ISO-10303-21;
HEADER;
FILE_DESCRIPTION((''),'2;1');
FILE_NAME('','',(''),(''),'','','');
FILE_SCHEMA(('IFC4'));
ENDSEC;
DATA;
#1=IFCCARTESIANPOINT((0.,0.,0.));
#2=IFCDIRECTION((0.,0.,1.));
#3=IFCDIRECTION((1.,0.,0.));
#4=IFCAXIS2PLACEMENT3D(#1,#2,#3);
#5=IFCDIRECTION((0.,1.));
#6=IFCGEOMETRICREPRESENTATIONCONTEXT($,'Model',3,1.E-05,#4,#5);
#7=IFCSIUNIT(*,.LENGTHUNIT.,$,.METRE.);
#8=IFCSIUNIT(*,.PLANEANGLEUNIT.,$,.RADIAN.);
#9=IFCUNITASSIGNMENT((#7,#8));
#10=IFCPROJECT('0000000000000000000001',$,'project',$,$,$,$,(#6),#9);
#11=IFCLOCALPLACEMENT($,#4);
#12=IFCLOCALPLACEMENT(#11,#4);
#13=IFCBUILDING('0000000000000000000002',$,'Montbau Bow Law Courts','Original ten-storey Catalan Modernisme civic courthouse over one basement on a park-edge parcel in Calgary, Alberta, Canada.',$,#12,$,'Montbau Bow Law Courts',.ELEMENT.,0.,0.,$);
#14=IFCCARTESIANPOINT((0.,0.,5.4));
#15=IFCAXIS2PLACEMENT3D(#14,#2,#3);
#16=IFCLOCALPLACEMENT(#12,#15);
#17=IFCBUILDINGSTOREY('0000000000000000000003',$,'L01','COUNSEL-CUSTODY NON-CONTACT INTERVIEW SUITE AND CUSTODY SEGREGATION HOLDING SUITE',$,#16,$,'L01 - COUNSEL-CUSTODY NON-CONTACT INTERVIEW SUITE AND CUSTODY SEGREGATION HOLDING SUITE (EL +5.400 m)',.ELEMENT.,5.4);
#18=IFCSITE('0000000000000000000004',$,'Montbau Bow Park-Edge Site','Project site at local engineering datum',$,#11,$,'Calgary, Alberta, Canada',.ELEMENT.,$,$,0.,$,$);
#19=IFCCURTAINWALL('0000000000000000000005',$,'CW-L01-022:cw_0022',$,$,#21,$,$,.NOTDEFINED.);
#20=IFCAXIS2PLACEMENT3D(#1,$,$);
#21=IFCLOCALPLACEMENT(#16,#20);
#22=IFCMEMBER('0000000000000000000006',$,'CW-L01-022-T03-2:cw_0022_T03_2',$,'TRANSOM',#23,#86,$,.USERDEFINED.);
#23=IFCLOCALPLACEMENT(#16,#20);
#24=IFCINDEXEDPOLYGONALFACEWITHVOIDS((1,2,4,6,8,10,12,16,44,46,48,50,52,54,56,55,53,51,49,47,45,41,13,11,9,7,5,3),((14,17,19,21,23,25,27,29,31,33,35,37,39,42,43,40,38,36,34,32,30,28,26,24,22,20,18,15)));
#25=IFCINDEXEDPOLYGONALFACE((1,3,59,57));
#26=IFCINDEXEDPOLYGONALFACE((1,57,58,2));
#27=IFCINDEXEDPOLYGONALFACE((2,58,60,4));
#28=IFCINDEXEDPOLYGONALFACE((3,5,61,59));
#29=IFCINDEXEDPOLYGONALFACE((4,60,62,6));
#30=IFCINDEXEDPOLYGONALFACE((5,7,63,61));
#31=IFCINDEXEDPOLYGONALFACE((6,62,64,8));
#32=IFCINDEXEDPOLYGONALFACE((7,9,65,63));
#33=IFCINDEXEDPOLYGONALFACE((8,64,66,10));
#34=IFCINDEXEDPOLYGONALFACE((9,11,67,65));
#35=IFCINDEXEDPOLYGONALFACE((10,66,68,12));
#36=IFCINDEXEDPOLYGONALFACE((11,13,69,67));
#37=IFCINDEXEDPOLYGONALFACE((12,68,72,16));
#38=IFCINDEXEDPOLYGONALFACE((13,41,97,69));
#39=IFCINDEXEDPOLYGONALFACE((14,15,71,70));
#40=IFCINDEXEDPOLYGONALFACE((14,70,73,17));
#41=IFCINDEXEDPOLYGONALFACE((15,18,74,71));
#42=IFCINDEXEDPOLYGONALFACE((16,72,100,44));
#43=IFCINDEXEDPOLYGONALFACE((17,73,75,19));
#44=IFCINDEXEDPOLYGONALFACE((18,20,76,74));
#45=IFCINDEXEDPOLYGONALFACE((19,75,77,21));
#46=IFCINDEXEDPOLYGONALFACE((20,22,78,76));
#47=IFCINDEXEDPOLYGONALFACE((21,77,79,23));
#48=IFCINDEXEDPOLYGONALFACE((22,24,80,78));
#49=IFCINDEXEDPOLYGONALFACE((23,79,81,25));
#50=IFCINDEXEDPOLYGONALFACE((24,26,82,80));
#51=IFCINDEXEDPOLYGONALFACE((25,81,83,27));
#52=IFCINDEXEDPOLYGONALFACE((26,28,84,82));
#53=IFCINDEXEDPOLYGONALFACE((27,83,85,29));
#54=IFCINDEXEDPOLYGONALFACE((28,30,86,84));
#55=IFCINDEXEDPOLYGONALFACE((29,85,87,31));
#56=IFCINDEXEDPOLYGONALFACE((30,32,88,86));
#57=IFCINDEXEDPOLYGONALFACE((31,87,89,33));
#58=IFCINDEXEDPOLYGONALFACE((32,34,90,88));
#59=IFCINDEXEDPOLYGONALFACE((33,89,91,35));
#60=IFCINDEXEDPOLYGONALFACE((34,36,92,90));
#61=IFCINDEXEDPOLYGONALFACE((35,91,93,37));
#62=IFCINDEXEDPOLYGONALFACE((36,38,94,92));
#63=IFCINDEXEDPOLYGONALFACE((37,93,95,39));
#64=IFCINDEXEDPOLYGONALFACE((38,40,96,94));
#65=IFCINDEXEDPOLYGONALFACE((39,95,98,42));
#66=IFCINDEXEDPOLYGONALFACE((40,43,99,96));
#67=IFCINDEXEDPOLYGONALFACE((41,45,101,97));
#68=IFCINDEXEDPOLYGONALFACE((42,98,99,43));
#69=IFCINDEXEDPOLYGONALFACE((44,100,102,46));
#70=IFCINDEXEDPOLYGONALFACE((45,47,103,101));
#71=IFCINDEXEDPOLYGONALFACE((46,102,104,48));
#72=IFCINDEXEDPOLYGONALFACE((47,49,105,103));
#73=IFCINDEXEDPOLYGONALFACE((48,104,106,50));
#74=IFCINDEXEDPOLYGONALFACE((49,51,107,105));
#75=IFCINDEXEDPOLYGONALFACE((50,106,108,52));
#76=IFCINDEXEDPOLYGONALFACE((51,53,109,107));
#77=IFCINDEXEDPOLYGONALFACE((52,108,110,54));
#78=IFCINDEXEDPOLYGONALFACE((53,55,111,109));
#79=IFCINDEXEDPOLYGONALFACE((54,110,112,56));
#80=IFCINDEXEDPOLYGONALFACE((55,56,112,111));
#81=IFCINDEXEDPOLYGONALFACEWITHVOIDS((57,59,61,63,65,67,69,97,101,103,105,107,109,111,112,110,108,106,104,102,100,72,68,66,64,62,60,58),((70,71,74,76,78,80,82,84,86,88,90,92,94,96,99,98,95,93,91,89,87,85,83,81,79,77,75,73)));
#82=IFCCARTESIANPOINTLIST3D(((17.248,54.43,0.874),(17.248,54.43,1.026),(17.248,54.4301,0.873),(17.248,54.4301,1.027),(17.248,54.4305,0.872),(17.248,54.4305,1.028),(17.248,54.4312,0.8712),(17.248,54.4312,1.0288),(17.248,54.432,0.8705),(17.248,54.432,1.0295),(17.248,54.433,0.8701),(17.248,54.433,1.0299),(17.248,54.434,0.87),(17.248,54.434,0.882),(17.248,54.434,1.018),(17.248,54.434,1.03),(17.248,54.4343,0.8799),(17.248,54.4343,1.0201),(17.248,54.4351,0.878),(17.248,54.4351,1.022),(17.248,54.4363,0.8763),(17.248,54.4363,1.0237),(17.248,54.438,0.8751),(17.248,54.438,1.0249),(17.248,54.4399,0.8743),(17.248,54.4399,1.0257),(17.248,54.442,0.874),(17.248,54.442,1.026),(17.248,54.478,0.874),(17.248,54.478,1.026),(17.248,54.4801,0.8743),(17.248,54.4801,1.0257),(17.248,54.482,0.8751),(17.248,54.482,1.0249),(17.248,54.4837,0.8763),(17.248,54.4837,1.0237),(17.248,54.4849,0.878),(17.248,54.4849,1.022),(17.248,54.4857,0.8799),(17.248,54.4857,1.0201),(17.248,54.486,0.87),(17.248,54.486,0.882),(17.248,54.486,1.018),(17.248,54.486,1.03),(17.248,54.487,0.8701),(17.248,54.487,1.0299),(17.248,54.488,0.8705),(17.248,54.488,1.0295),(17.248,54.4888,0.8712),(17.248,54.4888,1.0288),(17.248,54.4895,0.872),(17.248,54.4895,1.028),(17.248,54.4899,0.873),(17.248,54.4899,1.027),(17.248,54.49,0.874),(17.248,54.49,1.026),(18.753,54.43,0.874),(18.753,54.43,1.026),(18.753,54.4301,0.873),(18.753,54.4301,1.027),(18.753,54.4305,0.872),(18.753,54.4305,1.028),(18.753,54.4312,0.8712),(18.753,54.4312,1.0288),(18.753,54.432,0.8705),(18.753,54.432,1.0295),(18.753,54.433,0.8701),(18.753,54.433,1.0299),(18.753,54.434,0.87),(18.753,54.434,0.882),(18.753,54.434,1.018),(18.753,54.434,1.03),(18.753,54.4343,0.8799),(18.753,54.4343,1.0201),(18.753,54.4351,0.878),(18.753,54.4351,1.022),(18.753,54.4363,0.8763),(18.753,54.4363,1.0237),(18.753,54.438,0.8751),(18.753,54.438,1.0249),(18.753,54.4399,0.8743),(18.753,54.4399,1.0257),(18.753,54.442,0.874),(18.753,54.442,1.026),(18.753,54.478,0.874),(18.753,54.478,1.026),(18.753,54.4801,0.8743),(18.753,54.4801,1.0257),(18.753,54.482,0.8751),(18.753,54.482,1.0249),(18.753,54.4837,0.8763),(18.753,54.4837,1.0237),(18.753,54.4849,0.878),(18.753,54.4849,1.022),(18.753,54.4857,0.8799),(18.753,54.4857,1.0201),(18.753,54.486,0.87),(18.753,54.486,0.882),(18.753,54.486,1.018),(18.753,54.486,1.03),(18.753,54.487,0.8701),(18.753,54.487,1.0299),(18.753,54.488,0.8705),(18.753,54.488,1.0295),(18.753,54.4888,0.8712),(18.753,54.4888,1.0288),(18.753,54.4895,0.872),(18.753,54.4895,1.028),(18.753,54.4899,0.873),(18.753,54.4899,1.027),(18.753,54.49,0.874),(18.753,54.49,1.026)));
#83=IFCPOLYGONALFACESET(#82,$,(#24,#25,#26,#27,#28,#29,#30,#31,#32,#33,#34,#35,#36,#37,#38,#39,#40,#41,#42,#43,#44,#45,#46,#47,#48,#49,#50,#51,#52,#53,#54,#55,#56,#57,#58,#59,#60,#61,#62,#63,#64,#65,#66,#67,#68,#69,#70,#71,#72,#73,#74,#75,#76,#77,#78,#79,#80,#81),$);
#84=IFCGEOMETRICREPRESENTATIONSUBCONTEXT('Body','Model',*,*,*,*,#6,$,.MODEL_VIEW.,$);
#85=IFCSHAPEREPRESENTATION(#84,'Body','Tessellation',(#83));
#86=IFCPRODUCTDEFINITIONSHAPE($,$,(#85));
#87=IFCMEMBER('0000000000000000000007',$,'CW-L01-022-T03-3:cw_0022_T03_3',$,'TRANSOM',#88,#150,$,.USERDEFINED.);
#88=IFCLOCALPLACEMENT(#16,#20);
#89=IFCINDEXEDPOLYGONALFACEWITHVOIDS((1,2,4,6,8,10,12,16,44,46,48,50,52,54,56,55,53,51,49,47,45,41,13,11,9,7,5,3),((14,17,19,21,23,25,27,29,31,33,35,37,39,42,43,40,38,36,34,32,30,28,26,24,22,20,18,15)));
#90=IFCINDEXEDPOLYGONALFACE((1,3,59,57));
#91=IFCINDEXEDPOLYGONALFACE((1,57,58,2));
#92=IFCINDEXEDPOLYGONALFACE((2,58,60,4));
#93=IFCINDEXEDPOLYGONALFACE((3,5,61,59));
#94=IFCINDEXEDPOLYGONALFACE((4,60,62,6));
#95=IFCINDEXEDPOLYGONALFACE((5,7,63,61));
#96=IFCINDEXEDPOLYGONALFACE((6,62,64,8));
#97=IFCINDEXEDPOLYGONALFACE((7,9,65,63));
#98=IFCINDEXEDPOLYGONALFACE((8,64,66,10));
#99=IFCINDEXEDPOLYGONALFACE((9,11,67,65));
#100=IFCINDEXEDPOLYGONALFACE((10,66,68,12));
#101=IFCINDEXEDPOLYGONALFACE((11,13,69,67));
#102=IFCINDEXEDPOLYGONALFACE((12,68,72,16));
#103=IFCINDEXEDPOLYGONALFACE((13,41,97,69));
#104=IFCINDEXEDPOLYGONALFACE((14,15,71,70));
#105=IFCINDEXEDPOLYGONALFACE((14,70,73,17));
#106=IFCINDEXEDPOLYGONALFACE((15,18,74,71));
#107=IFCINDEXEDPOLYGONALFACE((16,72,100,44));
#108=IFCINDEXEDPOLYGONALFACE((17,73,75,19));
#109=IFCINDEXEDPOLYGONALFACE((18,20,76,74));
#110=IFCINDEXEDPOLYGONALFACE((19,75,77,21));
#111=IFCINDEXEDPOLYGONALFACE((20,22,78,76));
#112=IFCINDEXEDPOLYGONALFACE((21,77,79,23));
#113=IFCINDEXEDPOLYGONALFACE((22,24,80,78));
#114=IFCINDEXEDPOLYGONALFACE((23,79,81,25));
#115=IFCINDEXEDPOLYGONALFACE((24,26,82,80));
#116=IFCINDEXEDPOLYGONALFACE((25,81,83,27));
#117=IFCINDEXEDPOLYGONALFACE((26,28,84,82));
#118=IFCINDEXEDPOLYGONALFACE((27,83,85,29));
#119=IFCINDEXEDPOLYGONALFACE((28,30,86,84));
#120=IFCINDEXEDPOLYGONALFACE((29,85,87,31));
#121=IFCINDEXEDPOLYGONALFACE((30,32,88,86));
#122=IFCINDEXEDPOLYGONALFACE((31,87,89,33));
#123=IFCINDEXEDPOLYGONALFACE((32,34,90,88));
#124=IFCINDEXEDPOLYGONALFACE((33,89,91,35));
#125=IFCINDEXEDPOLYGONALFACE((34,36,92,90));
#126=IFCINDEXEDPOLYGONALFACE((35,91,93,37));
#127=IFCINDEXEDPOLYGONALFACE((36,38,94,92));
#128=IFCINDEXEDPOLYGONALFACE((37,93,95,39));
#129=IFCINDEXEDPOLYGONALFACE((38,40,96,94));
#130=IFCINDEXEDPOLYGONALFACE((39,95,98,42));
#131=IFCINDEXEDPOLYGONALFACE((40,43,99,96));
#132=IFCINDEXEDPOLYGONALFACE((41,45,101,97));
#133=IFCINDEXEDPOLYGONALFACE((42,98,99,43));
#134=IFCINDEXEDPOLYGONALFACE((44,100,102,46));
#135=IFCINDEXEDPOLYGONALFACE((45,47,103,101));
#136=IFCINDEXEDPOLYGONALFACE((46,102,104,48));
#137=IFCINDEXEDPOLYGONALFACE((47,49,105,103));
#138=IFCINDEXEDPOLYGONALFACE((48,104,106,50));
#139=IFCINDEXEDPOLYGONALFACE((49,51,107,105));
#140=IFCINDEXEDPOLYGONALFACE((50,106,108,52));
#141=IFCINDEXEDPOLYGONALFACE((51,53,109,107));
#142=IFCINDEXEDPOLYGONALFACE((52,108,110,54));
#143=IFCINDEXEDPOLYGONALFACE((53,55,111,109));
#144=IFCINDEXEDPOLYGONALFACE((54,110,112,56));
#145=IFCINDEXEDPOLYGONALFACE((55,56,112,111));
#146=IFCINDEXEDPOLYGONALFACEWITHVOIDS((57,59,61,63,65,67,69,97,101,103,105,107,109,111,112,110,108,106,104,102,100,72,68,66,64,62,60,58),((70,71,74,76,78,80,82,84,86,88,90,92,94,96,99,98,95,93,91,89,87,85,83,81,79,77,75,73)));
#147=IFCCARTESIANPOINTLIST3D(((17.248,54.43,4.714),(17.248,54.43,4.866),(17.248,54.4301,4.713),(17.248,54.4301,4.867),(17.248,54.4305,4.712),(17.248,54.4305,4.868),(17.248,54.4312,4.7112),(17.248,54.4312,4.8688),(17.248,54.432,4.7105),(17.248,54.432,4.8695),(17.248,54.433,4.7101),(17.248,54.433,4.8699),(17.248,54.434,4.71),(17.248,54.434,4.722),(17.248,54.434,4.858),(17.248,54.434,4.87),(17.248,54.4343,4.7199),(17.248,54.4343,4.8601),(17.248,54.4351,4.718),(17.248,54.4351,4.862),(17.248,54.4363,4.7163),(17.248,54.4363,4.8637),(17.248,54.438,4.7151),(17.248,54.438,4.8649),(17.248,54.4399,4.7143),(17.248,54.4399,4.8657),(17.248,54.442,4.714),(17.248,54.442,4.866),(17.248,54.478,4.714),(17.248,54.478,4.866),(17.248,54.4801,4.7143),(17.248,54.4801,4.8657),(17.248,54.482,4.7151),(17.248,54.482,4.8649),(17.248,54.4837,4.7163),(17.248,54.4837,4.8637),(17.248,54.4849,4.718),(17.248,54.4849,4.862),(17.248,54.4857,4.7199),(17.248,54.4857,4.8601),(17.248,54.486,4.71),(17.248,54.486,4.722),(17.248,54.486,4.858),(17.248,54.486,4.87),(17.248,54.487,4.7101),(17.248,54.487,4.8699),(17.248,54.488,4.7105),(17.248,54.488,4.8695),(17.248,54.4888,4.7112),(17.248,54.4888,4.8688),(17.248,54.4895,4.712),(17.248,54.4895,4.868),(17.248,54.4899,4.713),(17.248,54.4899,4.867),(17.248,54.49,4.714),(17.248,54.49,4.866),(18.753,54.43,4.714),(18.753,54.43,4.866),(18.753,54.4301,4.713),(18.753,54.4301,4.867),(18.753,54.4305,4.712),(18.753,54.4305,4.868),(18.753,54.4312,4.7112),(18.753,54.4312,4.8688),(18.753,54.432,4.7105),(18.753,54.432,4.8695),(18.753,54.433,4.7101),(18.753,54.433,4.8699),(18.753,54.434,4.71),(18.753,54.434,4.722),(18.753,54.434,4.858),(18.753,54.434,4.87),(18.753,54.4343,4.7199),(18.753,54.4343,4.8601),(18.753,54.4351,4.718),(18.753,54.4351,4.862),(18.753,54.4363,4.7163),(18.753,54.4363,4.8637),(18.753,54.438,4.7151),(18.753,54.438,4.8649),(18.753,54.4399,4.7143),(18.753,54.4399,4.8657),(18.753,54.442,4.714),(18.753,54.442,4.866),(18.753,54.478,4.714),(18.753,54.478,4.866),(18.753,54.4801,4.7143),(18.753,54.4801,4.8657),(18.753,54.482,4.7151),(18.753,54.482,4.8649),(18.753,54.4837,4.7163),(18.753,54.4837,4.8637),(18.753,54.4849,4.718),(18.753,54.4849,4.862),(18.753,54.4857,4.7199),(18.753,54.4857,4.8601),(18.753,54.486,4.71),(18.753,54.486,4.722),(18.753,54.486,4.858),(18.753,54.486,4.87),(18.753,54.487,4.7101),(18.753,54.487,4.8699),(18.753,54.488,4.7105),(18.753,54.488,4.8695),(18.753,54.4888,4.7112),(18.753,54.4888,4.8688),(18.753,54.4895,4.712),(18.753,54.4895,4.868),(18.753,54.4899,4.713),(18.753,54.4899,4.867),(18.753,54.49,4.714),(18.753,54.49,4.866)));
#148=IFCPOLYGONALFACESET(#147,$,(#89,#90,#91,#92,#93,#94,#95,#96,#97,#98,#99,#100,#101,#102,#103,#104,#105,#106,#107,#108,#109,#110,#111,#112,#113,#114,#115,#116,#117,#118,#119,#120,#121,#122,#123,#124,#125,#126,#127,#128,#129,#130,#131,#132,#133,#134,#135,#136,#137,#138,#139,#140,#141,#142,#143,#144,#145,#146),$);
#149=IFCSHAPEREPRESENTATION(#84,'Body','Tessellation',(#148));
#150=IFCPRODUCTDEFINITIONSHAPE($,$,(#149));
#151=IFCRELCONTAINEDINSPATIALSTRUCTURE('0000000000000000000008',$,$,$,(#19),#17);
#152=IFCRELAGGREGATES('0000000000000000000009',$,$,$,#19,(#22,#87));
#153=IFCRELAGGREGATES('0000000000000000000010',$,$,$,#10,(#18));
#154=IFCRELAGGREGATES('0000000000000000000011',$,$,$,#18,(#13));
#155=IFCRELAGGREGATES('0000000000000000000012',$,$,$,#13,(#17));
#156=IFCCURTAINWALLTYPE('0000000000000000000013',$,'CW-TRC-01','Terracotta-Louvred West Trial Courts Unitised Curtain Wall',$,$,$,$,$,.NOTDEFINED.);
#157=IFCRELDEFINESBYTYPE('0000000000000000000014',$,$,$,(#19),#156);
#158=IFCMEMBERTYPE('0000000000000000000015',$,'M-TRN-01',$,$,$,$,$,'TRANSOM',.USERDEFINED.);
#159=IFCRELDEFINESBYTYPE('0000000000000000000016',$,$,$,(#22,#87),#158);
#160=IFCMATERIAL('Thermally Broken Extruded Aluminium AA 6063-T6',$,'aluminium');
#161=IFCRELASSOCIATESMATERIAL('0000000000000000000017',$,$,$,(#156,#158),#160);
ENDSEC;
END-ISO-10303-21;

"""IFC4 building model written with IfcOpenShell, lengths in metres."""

from ifc_helpers import new_model, si_unit, direction, frame, origin_with_axes, origin_2d_with_axis, place, context, subcontext, project, spatial, hollow_rectangle, extrude, material, material_profile, profile_set, type_object, element, aggregate, save


model = new_model("IFC4")

# Units and contexts
model_context = context("Model", 3, precision=1e-05, world=origin_with_axes(), true_north=direction((0.0, 1.0)))
body_context = subcontext(model_context, "Body", "Model", "MODEL_VIEW")
ifc_project = project(units=[si_unit("LENGTHUNIT", "METRE"), si_unit("PLANEANGLEUNIT", "RADIAN")], contexts=[model_context])

# Site, building, storey
site_placement = place(None, origin_with_axes())
site = spatial("IfcSite", under=ifc_project, at=site_placement, Name="Montbau Bow Park-Edge Site", Description="Project site at local engineering datum", LongName="Calgary, Alberta, Canada", CompositionType="ELEMENT", RefElevation=0.0)
building_placement = place(site_placement, origin_with_axes())
building = spatial("IfcBuilding", under=site, at=building_placement, Name="Montbau Bow Law Courts", Description="Original ten-storey Catalan Modernisme civic courthouse over one basement on a park-edge parcel in Calgary, Alberta, Canada.", LongName="Montbau Bow Law Courts", CompositionType="ELEMENT", ElevationOfRefHeight=0.0, ElevationOfTerrain=0.0)
storey_placement = place(building_placement, frame((0.0, 0.0, 5.4), z_axis=(0.0, 0.0, 1.0), x_axis=(1.0, 0.0, 0.0)))
storey = spatial("IfcBuildingStorey", under=building, at=storey_placement, Name="L01", Description="COUNSEL-CUSTODY NON-CONTACT INTERVIEW SUITE AND CUSTODY SEGREGATION HOLDING SUITE", LongName="L01 - COUNSEL-CUSTODY NON-CONTACT INTERVIEW SUITE AND CUSTODY SEGREGATION HOLDING SUITE (EL +5.400 m)", CompositionType="ELEMENT", Elevation=5.4)

# Curtain wall, members
ifc_material_1 = material(Name="Thermally Broken Extruded Aluminium AA 6063-T6", Category="aluminium")
curtain_wall_type = type_object("IfcCurtainWallType", Name="CW-TRC-01", Description="Terracotta-Louvred West Trial Courts Unitised Curtain Wall", PredefinedType="NOTDEFINED", material=ifc_material_1)
curtain_wall_placement = place(None, frame((14.068, 54.46, 5.4), z_axis=(0.0, 0.0, 1.0), x_axis=(1.0, 0.0, 0.0)))
curtain_wall = element("IfcCurtainWall", 1, at=curtain_wall_placement, inside=storey, type_object=curtain_wall_type, Name="CW-L01-022:cw_0022", PredefinedType="NOTDEFINED")
ifc_material_profile_1 = material_profile(ifc_material_1, hollow_rectangle(XDim=0.06, YDim=0.16, WallThickness=0.004, InnerFilletRadius=0.008, OuterFilletRadius=0.004, at=origin_2d_with_axis()), Name="CWT-160X60", Category="Main", Priority=0)
ifc_profile_set_1 = profile_set([ifc_material_profile_1], Name="Thermally Broken Extruded Aluminium AA 6063-T6")
member_type_1 = type_object("IfcMemberType", Name="M-TRN-01", ElementType="TRANSOM", PredefinedType="USERDEFINED", material=ifc_profile_set_1)
member_1_placement = place(None, frame((17.248, 54.46, 6.35), z_axis=(1.0, 0.0, 0.0), x_axis=(0.0, 1.0, 0.0)))
member_1 = element("IfcMember", 2, at=member_1_placement, type_object=member_type_1, Name="CW-L01-022-T03-2:cw_0022_T03_2", ObjectType="TRANSOM", PredefinedType="USERDEFINED", context=body_context, shape_type="SweptSolid", body=[
    extrude(hollow_rectangle(XDim=0.06, YDim=0.16, WallThickness=0.004, InnerFilletRadius=0.008, OuterFilletRadius=0.004, at=origin_2d_with_axis()), origin_with_axes(), (0.0, 0.0, 1.0), 1.505),
])
member_2_placement = place(None, frame((17.248, 54.46, 10.19), z_axis=(1.0, 0.0, 0.0), x_axis=(0.0, 1.0, 0.0)))
member_2 = element("IfcMember", 3, at=member_2_placement, type_object=member_type_1, Name="CW-L01-022-T03-3:cw_0022_T03_3", ObjectType="TRANSOM", PredefinedType="USERDEFINED", context=body_context, shape_type="SweptSolid", body=[
    extrude(hollow_rectangle(XDim=0.06, YDim=0.16, WallThickness=0.004, InnerFilletRadius=0.008, OuterFilletRadius=0.004, at=origin_2d_with_axis()), origin_with_axes(), (0.0, 0.0, 1.0), 1.505),
])
aggregate(curtain_wall, [member_1, member_2])

save(model, "model.ifc")
